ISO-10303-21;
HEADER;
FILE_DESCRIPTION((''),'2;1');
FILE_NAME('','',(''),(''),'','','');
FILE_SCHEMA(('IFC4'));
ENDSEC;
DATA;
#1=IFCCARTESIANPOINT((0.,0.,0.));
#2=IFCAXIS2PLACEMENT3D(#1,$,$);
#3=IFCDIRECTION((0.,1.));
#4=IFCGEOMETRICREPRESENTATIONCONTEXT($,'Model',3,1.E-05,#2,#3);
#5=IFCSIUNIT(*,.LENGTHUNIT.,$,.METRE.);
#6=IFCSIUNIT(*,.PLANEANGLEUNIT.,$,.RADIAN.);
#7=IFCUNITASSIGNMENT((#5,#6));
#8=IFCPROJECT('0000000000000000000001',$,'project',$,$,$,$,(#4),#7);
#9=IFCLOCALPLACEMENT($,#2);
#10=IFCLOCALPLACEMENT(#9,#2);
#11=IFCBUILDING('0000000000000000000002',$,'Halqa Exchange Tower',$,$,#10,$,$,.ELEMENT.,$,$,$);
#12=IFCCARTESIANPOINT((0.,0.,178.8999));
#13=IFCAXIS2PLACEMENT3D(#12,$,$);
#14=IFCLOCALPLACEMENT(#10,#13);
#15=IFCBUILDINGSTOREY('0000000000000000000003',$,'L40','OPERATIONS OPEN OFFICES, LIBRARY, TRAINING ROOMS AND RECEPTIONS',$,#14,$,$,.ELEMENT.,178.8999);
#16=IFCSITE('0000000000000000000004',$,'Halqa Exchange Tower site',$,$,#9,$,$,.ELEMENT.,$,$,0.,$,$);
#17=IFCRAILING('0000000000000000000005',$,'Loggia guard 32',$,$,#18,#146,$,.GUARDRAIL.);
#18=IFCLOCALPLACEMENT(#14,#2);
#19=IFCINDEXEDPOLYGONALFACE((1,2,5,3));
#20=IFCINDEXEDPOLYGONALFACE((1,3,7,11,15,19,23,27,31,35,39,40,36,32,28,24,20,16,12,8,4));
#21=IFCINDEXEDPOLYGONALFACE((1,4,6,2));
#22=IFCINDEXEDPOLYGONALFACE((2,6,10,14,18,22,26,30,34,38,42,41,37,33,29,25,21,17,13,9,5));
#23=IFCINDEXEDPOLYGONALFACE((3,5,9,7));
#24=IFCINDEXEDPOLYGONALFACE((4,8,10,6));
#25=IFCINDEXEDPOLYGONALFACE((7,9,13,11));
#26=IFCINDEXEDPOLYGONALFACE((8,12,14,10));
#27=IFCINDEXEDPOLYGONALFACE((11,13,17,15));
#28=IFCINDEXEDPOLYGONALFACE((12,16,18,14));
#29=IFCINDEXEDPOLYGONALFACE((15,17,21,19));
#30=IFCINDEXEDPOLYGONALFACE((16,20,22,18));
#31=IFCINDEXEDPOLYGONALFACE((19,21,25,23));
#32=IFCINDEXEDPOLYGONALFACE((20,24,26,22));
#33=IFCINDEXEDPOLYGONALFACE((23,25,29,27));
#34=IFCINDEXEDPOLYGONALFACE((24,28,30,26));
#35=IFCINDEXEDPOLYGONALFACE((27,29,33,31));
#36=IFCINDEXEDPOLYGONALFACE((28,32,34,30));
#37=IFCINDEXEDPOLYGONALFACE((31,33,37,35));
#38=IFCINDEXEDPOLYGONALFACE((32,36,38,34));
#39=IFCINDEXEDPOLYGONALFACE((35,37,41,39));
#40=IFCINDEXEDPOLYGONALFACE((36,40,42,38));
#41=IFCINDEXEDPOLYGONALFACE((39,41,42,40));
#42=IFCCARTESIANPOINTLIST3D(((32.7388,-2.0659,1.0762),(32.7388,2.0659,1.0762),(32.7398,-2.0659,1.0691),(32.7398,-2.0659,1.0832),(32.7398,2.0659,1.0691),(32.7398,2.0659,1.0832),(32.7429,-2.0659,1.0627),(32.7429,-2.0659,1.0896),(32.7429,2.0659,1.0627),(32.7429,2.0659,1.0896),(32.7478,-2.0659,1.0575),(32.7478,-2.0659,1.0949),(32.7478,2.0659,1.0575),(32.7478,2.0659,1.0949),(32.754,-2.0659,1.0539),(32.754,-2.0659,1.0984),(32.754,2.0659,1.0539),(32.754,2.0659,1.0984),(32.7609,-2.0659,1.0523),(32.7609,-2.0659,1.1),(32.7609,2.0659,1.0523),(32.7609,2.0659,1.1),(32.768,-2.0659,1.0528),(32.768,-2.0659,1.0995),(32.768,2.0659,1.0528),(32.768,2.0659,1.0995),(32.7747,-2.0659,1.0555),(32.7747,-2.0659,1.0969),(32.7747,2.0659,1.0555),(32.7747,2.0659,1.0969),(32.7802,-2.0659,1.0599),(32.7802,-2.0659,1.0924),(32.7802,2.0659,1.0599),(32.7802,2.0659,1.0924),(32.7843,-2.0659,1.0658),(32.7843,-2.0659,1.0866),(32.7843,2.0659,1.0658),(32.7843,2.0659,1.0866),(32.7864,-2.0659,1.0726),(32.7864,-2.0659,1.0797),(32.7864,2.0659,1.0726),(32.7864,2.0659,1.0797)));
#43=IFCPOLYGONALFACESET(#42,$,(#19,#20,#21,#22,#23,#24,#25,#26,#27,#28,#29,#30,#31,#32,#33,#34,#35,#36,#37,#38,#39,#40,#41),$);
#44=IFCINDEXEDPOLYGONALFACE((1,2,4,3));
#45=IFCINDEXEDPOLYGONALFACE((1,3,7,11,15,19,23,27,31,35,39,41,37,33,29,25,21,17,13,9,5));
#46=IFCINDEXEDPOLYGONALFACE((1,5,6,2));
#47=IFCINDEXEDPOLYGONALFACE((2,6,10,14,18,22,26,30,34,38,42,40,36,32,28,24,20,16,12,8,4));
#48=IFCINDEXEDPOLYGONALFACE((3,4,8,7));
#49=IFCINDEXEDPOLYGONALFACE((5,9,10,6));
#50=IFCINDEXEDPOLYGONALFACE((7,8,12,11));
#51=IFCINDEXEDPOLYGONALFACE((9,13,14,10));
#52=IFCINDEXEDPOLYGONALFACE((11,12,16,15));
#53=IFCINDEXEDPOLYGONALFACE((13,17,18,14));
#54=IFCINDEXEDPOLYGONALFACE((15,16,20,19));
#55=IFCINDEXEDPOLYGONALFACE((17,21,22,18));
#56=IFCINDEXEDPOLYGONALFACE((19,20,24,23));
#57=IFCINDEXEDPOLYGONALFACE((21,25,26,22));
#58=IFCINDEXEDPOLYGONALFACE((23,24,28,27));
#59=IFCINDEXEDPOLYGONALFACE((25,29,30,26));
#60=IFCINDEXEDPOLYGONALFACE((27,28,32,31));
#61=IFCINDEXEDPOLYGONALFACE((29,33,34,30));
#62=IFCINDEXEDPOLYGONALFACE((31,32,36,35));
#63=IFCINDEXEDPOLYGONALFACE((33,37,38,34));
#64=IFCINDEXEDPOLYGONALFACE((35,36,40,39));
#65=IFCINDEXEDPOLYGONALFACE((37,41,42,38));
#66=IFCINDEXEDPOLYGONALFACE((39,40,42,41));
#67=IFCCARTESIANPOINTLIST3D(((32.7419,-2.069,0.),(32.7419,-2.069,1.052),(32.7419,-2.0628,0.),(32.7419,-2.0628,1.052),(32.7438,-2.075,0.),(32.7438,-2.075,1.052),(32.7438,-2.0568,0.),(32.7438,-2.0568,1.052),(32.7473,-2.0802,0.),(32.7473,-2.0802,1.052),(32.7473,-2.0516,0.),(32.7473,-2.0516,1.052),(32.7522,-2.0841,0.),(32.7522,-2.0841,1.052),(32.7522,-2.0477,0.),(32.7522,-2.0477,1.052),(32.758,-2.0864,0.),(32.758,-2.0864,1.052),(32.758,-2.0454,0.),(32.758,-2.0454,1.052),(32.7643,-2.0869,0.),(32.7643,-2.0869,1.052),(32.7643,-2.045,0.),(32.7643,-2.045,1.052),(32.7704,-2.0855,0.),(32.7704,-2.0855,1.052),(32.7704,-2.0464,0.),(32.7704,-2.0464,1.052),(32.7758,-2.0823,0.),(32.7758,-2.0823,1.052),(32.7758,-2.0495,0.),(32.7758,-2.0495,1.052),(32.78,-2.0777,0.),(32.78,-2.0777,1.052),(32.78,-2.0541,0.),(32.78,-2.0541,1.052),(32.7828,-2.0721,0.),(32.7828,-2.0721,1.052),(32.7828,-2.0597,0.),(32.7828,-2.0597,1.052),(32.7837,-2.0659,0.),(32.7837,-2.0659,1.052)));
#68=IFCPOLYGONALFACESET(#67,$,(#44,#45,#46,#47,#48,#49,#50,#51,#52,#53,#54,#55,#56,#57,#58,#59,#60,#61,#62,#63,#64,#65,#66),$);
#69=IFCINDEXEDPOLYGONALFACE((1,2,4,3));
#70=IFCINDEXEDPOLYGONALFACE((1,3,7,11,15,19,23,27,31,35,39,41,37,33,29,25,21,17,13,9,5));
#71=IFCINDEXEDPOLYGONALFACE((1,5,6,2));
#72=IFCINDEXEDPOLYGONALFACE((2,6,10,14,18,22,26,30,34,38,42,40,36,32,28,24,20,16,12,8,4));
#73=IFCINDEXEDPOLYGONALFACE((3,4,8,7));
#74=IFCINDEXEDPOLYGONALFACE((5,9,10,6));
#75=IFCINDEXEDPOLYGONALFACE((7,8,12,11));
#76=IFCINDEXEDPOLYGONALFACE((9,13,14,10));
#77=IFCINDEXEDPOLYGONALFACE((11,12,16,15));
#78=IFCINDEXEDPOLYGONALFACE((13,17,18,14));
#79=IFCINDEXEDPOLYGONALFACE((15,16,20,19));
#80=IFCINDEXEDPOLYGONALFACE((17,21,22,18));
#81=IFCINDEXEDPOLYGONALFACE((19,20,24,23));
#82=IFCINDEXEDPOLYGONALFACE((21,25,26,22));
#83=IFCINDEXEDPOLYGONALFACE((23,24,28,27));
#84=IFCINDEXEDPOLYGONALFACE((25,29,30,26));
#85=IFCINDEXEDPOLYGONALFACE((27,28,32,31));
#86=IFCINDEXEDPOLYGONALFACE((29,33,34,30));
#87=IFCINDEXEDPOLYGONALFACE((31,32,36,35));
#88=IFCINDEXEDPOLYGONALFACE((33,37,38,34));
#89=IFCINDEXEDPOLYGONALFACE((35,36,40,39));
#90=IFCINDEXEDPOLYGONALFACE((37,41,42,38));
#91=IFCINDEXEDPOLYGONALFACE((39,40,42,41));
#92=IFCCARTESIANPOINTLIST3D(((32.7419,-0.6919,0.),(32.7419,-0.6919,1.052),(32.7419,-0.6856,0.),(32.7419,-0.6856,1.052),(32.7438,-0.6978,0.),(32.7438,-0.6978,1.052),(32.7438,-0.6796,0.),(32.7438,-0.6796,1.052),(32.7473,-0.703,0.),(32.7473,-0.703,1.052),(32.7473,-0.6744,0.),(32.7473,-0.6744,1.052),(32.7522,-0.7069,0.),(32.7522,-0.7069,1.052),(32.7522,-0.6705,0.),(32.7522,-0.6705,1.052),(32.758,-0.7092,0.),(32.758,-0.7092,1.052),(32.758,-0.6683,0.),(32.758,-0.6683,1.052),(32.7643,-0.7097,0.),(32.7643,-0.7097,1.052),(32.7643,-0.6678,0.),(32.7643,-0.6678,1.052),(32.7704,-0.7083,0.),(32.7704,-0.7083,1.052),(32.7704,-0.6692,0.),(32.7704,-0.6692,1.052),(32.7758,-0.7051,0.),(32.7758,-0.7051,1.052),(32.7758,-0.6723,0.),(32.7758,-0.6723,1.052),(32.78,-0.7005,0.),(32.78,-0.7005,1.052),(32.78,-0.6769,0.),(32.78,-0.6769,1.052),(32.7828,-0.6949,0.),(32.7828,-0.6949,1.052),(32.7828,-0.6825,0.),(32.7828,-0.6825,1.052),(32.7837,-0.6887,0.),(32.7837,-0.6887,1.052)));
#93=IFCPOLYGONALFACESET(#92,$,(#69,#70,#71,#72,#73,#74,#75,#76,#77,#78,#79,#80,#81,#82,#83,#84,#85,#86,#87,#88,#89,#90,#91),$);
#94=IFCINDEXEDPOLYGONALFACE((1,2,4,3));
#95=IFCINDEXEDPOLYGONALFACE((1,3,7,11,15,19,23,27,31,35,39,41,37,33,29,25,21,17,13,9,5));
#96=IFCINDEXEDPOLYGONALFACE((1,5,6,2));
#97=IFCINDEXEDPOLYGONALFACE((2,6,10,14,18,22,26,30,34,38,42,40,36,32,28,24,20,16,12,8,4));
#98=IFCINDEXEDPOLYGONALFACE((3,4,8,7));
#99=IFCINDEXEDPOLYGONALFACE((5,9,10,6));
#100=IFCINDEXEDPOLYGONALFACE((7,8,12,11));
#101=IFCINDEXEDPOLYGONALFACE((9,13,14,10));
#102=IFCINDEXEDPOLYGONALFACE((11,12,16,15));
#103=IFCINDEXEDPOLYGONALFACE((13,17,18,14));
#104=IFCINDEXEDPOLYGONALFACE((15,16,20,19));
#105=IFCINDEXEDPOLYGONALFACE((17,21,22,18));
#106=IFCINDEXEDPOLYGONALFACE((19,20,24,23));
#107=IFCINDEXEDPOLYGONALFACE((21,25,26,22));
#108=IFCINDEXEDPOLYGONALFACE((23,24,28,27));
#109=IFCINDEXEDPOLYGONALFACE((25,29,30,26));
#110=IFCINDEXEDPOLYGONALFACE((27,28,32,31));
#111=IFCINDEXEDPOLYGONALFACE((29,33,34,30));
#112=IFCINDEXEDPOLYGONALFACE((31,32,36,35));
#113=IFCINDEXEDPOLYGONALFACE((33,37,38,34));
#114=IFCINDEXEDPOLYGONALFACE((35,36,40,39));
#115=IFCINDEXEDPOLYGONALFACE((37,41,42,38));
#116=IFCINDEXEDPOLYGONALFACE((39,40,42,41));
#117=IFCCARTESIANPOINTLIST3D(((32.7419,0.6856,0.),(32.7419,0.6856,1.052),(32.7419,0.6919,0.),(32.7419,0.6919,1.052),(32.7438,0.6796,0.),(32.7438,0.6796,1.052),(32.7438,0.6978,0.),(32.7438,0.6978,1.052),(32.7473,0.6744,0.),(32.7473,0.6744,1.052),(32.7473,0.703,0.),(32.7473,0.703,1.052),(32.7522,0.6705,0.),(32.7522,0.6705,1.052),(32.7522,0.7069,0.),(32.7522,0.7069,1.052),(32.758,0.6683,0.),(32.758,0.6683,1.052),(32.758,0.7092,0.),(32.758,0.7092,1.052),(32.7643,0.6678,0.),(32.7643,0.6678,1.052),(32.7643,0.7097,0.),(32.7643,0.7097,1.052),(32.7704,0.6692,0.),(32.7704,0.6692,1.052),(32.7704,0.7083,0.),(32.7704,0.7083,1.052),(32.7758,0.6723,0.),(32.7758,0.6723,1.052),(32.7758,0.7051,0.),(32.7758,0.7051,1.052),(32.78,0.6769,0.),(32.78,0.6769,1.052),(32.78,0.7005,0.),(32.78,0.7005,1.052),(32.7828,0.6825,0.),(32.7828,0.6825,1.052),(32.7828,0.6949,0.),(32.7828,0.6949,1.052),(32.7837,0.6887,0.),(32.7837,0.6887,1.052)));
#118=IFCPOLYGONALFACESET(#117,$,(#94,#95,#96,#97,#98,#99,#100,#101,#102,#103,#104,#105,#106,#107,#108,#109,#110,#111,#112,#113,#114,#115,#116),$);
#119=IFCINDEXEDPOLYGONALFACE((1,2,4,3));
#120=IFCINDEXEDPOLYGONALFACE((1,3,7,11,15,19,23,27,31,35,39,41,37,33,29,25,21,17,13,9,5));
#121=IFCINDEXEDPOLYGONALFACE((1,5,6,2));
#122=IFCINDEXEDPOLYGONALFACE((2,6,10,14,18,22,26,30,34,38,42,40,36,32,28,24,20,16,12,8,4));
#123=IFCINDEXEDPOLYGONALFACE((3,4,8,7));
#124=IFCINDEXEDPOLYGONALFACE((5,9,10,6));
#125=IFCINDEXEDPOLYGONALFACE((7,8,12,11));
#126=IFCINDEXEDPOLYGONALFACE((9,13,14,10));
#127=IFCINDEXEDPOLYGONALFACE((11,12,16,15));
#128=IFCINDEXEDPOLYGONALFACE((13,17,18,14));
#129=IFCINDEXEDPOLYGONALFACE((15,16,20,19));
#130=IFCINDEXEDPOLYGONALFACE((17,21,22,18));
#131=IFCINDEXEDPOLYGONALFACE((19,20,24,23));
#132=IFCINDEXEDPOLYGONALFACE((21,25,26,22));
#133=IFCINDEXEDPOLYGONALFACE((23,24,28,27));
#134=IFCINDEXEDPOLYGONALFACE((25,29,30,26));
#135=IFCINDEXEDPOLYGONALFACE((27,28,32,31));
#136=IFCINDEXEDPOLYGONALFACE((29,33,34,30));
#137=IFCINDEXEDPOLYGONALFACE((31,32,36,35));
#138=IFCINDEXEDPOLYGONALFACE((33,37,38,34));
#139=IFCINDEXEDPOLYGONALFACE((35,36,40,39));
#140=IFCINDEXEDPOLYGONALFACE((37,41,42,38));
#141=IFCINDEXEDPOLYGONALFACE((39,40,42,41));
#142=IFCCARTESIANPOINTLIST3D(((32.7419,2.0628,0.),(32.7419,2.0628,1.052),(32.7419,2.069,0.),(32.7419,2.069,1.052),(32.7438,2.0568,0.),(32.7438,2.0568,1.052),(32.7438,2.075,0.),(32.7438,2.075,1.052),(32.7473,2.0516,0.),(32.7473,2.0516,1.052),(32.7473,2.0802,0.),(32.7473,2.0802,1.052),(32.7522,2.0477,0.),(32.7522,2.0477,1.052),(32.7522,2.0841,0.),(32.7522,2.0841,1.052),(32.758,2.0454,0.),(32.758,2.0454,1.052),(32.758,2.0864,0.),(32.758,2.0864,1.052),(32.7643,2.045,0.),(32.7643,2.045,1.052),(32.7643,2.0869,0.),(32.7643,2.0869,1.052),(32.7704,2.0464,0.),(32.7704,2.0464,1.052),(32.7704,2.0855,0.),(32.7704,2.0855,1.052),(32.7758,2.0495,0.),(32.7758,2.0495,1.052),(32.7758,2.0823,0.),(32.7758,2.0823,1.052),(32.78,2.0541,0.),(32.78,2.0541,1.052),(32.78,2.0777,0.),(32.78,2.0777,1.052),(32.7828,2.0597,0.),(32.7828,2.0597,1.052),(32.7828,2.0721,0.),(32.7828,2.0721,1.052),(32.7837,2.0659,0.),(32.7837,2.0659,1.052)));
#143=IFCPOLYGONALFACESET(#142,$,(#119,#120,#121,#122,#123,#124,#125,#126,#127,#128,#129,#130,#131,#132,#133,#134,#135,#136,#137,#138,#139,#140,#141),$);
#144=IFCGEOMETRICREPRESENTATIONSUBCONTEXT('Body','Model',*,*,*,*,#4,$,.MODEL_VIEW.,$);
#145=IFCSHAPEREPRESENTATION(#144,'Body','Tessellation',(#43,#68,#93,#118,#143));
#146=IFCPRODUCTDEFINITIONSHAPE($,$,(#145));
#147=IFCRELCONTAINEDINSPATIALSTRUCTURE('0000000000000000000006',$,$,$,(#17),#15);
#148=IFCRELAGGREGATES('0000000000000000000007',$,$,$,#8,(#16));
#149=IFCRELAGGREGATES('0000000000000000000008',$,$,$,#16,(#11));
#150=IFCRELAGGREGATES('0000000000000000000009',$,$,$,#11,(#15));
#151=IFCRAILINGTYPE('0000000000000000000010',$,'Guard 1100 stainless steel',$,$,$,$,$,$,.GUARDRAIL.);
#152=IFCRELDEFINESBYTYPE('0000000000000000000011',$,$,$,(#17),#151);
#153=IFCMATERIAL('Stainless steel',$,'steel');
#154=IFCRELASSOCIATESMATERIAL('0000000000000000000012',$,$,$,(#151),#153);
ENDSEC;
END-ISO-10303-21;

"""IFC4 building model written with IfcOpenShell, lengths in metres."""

from ifc_helpers import new_model, si_unit, direction, frame, origin, origin_2d, place, context, subcontext, project, spatial, circle, extrude, material, type_object, element, save


model = new_model("IFC4")

# Units and contexts
model_context = context("Model", 3, precision=1e-05, world=origin(), true_north=direction((0.0, 1.0)))
body_context = subcontext(model_context, "Body", "Model", "MODEL_VIEW")
ifc_project = project(units=[si_unit("LENGTHUNIT", "METRE"), si_unit("PLANEANGLEUNIT", "RADIAN")], contexts=[model_context])

# Site, building, storey
site_placement = place(None, origin())
site = spatial("IfcSite", under=ifc_project, at=site_placement, Name="Halqa Exchange Tower site", CompositionType="ELEMENT", RefElevation=0.0)
building_placement = place(site_placement, origin())
building = spatial("IfcBuilding", under=site, at=building_placement, Name="Halqa Exchange Tower", CompositionType="ELEMENT")
storey_placement = place(building_placement, frame((0.0, 0.0, 178.8999)))
storey = spatial("IfcBuildingStorey", under=building, at=storey_placement, Name="L40", Description="OPERATIONS OPEN OFFICES, LIBRARY, TRAINING ROOMS AND RECEPTIONS", CompositionType="ELEMENT", Elevation=178.8999)

# Railing
ifc_material_1 = material(Name="Stainless steel", Category="steel")
railing_type = type_object("IfcRailingType", Name="Guard 1100 stainless steel", PredefinedType="GUARDRAIL", material=ifc_material_1)
railing_1_placement = place(storey_placement, frame((32.7627, -2.0659, 0.0)))
element("IfcRailing", 1, at=railing_1_placement, inside=storey, type_object=railing_type, Name="Loggia guard 32", PredefinedType="GUARDRAIL", context=body_context, shape_type="SweptSolid", body=[
    extrude(circle(Radius=0.0239, at=origin_2d()), frame((0.0, 0.0, 1.0762), z_axis=(0.0, 1.0, 0.0), x_axis=(-1.0, 0.0, 0.0)), (0.0, 0.0, 1.0), 4.1318),
    extrude(circle(Radius=0.021, at=origin_2d()), origin(), (0.0, 0.0, 1.0), 1.052),
    extrude(circle(Radius=0.021, at=origin_2d()), frame((0.0, 1.3772, 0.0)), (0.0, 0.0, 1.0), 1.052),
    extrude(circle(Radius=0.021, at=origin_2d()), frame((0.0, 2.7546, 0.0)), (0.0, 0.0, 1.0), 1.052),
    extrude(circle(Radius=0.021, at=origin_2d()), frame((0.0, 4.1318, 0.0)), (0.0, 0.0, 1.0), 1.052),
])

save(model, "model.ifc")
